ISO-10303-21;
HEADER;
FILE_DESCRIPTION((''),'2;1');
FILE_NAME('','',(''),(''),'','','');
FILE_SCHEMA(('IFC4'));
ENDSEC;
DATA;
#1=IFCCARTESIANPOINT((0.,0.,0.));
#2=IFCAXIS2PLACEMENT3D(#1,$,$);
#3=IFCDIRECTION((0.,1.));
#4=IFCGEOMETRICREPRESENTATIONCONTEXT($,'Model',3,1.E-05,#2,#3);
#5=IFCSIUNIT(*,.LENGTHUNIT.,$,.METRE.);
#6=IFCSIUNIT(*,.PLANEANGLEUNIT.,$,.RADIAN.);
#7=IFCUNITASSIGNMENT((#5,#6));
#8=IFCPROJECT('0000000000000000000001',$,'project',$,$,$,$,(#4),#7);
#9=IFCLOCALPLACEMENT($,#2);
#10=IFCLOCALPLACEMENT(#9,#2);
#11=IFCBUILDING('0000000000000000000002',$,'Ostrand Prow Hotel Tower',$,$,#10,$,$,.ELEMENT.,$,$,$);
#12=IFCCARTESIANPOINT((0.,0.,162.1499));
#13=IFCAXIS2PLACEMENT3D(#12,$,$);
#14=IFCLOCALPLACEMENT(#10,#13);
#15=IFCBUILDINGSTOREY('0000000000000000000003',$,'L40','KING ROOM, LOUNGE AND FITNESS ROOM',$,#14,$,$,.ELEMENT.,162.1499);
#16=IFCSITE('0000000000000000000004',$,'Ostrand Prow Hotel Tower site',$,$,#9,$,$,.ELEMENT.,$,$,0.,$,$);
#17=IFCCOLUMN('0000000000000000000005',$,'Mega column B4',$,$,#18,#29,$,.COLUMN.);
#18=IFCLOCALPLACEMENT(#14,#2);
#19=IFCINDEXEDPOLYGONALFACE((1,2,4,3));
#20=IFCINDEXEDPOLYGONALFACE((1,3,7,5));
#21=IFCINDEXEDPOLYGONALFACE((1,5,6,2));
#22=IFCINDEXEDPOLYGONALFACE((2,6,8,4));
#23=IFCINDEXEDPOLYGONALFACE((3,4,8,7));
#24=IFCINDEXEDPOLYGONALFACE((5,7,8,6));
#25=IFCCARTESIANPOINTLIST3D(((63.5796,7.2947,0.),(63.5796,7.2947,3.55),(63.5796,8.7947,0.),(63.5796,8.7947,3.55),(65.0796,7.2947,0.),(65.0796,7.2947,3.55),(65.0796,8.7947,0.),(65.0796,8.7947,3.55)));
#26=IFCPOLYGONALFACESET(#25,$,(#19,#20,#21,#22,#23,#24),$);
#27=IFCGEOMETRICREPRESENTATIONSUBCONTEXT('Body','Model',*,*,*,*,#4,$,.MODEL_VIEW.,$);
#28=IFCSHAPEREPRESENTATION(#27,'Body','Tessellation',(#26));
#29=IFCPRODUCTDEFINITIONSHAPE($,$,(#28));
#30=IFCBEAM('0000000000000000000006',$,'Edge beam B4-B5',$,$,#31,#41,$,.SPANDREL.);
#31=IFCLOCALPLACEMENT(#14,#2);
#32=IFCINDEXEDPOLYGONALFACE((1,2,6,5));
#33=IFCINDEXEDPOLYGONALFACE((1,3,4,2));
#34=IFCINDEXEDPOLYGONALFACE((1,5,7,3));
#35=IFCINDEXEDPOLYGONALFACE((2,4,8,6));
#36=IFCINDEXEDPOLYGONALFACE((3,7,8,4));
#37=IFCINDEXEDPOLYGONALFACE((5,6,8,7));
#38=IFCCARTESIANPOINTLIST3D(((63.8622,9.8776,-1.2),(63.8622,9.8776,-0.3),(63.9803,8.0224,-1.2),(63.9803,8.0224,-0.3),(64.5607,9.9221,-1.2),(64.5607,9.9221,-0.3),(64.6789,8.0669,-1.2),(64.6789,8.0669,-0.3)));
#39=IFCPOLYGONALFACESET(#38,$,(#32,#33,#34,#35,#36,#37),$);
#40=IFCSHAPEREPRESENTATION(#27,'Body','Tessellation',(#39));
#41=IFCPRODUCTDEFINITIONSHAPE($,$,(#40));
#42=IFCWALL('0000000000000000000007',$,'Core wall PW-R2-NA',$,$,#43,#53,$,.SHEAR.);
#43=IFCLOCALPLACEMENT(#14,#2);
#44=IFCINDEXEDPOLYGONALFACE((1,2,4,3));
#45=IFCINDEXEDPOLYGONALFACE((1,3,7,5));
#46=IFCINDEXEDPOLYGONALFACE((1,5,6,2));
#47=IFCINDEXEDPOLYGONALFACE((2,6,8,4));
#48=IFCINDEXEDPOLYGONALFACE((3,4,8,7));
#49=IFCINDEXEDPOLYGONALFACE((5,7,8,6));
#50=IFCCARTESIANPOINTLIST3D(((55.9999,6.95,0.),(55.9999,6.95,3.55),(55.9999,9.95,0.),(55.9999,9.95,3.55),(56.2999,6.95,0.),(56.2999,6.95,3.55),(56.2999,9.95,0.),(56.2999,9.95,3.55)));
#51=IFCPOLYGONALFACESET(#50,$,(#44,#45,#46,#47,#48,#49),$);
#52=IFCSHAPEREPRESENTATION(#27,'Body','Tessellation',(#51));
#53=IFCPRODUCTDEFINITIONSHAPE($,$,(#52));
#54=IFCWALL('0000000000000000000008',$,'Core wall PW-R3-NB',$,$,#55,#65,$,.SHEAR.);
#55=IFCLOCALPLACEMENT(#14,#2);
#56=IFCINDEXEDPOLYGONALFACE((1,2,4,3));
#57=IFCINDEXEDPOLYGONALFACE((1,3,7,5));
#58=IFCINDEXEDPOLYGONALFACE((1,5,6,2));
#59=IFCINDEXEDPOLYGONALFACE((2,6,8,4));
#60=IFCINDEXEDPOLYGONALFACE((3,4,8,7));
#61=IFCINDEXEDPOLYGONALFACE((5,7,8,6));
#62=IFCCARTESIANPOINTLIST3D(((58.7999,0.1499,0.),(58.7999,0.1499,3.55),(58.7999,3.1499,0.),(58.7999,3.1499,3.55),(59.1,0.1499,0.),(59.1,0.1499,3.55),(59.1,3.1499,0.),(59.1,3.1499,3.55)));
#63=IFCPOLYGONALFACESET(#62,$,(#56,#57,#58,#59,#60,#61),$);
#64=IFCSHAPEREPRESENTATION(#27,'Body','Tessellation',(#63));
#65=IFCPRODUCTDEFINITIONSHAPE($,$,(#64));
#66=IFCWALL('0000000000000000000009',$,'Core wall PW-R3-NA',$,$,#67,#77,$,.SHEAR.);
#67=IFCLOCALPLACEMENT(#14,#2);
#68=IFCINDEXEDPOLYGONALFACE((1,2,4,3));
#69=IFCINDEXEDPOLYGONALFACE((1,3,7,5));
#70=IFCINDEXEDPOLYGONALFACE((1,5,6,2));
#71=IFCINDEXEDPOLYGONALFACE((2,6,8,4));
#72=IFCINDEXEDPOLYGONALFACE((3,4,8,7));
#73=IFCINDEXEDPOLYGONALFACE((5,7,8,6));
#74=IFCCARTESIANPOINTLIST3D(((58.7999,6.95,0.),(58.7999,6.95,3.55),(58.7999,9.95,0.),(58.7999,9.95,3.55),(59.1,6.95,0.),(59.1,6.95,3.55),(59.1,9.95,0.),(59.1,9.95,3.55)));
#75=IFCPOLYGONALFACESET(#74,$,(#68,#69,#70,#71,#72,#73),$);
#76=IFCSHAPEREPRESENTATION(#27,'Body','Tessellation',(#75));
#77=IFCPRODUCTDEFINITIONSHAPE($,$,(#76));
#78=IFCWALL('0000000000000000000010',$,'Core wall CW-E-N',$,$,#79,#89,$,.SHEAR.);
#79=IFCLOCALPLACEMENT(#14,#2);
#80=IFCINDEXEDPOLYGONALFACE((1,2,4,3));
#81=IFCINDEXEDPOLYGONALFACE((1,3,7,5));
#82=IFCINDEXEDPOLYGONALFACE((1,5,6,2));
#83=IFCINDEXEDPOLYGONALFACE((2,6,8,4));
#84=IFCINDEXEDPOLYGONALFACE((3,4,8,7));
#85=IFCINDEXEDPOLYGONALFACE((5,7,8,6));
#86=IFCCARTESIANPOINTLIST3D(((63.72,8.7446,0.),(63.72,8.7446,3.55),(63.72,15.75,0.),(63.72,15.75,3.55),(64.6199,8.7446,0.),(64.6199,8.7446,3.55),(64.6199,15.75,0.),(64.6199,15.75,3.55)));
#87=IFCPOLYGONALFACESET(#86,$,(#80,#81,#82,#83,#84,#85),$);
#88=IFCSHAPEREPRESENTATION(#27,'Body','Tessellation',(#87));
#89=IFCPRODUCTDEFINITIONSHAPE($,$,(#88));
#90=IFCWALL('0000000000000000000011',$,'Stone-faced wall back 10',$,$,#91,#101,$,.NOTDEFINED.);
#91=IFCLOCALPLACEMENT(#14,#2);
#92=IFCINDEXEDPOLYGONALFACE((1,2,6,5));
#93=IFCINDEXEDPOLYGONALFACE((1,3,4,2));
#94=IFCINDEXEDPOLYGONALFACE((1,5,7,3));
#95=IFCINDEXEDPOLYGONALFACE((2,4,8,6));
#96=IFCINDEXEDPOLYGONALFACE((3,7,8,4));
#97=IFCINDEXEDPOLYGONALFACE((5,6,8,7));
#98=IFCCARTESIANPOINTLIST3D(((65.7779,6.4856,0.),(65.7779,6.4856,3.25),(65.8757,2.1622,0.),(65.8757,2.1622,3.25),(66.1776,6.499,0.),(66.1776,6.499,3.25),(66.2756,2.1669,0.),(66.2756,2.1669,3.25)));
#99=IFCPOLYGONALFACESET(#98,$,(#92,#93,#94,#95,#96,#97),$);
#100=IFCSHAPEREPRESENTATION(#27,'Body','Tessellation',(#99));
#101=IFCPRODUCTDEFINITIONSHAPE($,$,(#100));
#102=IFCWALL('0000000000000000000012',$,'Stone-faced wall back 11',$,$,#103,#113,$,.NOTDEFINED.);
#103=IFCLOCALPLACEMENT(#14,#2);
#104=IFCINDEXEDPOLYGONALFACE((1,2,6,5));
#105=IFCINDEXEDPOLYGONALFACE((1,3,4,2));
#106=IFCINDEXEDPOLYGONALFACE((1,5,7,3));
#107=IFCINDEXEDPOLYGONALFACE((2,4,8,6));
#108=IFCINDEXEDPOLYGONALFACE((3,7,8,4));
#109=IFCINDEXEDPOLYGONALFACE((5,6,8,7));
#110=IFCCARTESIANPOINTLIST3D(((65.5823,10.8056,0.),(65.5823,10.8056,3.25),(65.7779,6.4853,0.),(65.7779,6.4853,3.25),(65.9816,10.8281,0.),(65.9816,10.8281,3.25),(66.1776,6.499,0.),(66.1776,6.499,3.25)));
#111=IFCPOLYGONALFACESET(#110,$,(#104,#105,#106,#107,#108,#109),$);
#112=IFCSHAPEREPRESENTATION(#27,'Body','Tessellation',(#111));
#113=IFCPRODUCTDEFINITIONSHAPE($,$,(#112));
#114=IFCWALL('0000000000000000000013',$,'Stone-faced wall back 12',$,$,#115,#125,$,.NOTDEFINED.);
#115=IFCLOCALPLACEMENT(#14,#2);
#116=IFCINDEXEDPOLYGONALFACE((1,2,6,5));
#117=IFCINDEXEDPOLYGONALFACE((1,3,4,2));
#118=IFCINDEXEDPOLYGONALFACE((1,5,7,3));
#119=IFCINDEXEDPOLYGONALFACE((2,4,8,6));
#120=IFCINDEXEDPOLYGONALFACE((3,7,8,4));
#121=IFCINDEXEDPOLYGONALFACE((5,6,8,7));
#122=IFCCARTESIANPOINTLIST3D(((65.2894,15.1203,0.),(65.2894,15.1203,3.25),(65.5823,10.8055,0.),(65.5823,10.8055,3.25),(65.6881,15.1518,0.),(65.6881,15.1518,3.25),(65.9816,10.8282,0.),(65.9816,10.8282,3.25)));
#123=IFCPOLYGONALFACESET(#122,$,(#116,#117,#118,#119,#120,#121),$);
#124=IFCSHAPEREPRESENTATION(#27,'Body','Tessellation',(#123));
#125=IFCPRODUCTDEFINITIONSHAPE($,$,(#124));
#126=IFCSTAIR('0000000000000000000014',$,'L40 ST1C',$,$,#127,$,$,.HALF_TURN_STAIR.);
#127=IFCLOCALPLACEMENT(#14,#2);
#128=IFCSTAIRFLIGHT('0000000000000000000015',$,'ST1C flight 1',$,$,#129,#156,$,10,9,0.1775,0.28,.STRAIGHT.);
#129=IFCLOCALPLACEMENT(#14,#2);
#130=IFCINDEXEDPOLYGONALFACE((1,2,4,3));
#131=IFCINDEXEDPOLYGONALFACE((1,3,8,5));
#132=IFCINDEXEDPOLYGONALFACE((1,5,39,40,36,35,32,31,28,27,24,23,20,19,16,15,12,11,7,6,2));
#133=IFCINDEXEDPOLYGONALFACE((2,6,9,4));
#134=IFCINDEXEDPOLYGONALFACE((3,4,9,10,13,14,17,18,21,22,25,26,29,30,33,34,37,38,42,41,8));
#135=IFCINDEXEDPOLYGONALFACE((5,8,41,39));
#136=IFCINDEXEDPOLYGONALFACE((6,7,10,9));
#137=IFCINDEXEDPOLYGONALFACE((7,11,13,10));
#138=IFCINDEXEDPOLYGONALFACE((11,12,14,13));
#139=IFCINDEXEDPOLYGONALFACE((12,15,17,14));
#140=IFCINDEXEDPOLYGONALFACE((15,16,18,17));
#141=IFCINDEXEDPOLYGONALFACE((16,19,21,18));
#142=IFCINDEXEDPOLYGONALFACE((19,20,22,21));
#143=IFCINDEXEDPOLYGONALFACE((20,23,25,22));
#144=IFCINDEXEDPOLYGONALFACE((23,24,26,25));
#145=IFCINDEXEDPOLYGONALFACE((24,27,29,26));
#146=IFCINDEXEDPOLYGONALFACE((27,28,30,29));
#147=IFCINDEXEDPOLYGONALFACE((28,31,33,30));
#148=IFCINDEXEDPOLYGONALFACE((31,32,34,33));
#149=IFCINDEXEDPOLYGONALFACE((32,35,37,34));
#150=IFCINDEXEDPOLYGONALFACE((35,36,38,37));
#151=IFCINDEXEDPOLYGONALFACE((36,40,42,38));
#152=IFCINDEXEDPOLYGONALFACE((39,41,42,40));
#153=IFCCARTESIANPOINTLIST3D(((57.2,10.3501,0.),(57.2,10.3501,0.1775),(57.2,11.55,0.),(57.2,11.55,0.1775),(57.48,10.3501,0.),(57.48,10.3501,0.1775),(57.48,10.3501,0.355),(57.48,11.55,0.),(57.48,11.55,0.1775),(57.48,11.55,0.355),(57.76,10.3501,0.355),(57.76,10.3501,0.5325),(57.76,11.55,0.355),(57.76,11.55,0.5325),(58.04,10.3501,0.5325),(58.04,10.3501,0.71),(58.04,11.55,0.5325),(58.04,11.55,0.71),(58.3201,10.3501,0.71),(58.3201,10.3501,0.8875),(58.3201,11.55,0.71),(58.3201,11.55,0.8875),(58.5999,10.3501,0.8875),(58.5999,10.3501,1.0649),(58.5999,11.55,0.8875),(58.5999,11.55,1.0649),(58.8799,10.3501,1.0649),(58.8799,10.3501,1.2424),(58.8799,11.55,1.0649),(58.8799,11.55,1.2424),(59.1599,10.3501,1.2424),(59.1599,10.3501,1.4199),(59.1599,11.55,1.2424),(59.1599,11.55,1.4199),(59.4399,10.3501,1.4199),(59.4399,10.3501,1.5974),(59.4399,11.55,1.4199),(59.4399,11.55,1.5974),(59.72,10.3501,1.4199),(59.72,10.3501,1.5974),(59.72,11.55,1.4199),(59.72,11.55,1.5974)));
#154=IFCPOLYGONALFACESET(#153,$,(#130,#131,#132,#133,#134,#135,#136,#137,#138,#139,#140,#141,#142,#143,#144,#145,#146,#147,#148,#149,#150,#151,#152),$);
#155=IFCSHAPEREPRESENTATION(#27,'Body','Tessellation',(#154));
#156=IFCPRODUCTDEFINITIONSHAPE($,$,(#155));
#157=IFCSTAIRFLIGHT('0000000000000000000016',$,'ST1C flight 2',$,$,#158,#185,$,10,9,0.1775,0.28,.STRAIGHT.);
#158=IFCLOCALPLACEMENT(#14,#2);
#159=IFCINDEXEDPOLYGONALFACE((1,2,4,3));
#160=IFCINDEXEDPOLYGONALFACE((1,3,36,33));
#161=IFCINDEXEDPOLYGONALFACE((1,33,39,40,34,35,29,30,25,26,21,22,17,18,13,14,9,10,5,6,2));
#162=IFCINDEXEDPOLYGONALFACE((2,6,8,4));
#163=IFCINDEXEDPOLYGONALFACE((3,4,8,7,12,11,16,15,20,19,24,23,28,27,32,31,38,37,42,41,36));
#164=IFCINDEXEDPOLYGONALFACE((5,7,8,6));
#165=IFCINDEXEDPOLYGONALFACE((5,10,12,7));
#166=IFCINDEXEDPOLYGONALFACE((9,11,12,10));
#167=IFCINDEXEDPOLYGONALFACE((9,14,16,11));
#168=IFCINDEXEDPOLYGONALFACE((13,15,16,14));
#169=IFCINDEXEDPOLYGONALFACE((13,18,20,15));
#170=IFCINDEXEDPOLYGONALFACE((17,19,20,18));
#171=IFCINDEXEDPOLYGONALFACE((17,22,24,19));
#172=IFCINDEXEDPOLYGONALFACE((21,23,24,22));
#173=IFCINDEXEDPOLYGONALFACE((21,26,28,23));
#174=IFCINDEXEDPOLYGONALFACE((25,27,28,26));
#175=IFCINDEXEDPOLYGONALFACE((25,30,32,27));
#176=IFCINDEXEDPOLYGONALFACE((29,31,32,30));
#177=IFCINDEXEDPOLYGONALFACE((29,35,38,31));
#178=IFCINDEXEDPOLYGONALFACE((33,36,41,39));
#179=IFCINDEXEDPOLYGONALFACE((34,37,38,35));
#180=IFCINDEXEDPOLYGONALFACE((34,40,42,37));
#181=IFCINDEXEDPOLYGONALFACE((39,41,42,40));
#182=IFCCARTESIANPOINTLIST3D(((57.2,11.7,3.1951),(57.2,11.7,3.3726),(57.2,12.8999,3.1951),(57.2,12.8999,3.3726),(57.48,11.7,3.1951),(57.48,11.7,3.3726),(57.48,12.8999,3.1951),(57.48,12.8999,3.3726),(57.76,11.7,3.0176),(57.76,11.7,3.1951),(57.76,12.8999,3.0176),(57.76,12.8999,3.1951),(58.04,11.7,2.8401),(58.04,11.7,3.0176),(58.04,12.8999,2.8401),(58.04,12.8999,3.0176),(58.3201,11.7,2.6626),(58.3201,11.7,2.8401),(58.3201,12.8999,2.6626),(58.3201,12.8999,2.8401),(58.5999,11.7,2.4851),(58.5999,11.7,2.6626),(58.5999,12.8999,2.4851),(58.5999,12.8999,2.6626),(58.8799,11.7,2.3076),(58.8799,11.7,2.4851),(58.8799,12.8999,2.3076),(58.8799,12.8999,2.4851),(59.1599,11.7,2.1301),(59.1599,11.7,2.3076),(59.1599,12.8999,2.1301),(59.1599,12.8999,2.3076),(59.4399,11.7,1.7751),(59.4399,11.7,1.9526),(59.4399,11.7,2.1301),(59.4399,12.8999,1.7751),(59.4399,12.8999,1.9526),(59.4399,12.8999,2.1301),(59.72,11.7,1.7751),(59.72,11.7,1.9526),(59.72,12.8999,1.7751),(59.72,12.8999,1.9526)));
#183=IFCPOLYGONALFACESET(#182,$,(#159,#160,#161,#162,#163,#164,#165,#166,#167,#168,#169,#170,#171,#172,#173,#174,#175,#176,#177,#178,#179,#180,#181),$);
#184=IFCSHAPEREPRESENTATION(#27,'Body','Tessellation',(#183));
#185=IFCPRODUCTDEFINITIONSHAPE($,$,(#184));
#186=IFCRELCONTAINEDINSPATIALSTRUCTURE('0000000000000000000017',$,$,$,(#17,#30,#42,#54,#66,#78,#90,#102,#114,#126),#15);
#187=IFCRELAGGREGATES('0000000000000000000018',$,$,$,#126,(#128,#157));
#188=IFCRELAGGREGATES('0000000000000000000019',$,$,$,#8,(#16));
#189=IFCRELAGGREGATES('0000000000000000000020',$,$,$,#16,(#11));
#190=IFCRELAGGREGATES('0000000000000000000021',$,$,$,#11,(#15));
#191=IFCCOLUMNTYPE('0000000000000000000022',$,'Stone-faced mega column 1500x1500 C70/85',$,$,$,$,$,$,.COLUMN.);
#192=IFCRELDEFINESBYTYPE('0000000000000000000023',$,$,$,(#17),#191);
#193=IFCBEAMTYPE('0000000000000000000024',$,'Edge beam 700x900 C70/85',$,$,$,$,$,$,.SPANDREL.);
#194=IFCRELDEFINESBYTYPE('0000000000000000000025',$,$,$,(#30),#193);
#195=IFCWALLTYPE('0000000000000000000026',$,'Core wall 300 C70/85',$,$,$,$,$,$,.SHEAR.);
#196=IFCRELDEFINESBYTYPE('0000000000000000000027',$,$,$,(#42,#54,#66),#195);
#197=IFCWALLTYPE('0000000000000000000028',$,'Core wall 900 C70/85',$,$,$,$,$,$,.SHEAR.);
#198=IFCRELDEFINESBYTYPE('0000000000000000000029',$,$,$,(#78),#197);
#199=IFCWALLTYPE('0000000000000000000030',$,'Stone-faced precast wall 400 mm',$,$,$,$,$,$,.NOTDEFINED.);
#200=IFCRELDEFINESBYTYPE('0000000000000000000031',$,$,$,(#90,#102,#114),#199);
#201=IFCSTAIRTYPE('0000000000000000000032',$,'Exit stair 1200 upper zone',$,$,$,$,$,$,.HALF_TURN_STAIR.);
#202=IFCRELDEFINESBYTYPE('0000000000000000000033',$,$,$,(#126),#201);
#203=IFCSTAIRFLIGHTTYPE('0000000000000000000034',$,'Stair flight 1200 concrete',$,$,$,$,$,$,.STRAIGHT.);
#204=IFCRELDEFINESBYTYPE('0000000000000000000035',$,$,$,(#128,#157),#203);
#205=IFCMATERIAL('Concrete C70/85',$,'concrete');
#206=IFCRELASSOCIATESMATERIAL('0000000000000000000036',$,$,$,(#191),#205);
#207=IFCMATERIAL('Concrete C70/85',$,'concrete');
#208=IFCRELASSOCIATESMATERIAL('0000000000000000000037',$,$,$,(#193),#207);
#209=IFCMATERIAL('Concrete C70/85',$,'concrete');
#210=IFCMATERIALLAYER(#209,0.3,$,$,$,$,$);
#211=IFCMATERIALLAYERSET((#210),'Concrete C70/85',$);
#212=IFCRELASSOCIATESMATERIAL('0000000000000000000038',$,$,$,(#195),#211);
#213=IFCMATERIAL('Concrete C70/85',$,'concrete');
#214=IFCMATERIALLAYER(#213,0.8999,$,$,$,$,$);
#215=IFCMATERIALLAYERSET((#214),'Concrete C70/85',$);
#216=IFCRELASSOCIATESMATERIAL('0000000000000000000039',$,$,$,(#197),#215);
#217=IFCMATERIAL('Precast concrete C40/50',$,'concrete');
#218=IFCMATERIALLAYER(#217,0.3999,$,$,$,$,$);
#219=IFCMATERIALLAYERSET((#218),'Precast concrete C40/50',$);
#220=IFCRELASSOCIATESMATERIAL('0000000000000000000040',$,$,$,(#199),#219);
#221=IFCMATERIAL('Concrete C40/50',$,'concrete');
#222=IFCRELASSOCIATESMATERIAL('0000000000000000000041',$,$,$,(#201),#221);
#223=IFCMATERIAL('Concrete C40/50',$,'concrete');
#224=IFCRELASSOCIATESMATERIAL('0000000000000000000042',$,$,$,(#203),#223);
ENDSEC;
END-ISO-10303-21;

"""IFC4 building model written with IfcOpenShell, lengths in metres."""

from ifc_helpers import new_model, si_unit, direction, frame, frame_2d, origin, origin_2d, place, context, subcontext, project, spatial, polyline, rectangle, outline, extrude, material, layer, layer_set, material_profile, profile_set, type_object, element, aggregate, save


model = new_model("IFC4")

# Units and contexts
model_context = context("Model", 3, precision=1e-05, world=origin(), true_north=direction((0.0, 1.0)))
body_context = subcontext(model_context, "Body", "Model", "MODEL_VIEW")
ifc_project = project(units=[si_unit("LENGTHUNIT", "METRE"), si_unit("PLANEANGLEUNIT", "RADIAN")], contexts=[model_context])

# Site, building, storey
site_placement = place(None, origin())
site = spatial("IfcSite", under=ifc_project, at=site_placement, Name="Ostrand Prow Hotel Tower site", CompositionType="ELEMENT", RefElevation=0.0)
building_placement = place(site_placement, origin())
building = spatial("IfcBuilding", under=site, at=building_placement, Name="Ostrand Prow Hotel Tower", CompositionType="ELEMENT")
storey_placement = place(building_placement, frame((0.0, 0.0, 162.1499)))
storey = spatial("IfcBuildingStorey", under=building, at=storey_placement, Name="L40", Description="KING ROOM, LOUNGE AND FITNESS ROOM", CompositionType="ELEMENT", Elevation=162.1499)

# Column
ifc_material_1 = material(Name="Concrete C70/85", Category="concrete")
ifc_material_profile_1 = material_profile(ifc_material_1, rectangle(XDim=1.5, YDim=1.5, at=origin_2d()), Name="RC 1500x1500")
ifc_profile_set_1 = profile_set([ifc_material_profile_1], Name="Concrete C70/85")
column_type = type_object("IfcColumnType", Name="Stone-faced mega column 1500x1500 C70/85", PredefinedType="COLUMN", material=ifc_profile_set_1)
column_placement = place(storey_placement, frame((64.3296, 8.0447, 0.0), z_axis=(0.0, 0.0, 1.0), x_axis=(1.0, 0.0, 0.0)))
element("IfcColumn", 1, at=column_placement, inside=storey, type_object=column_type, Name="Mega column B4", PredefinedType="COLUMN", context=body_context, shape_type="SweptSolid", body=[
    extrude(rectangle(XDim=1.5, YDim=1.5, at=origin_2d()), origin(), (0.0, 0.0, 1.0), 3.55),
])

# Beam
ifc_material_2 = material(Name="Concrete C70/85", Category="concrete")
ifc_material_profile_2 = material_profile(ifc_material_2, rectangle(XDim=0.7, YDim=0.8999, at=origin_2d()), Name="RC 700x900")
ifc_profile_set_2 = profile_set([ifc_material_profile_2], Name="Concrete C70/85")
beam_type = type_object("IfcBeamType", Name="Edge beam 700x900 C70/85", PredefinedType="SPANDREL", material=ifc_profile_set_2)
beam_placement = place(storey_placement, frame((64.3296, 8.0447, -0.75), z_axis=(-0.063564, 0.997978, 0.0), x_axis=(-0.997978, -0.063564, 0.0)))
element("IfcBeam", 2, at=beam_placement, inside=storey, type_object=beam_type, Name="Edge beam B4-B5", PredefinedType="SPANDREL", context=body_context, shape_type="SweptSolid", body=[
    extrude(rectangle(XDim=0.7, YDim=0.8999, at=origin_2d()), origin(), (0.0, 0.0, 1.0), 1.8589),
])

# Walls
ifc_material_3 = material(Name="Concrete C70/85", Category="concrete")
ifc_layer_1 = layer(ifc_material_3, 0.3)
ifc_layer_set_1 = layer_set([ifc_layer_1], Name="Concrete C70/85")
wall_type_1 = type_object("IfcWallType", Name="Core wall 300 C70/85", PredefinedType="SHEAR", material=ifc_layer_set_1)
for number, where, z_axis, x_axis, name in (
    (3, (56.1499, 6.95, 0.0), (0.0, 0.0, 1.0), (0.0, 1.0, 0.0), "Core wall PW-R2-NA"),
    (4, (58.95, 0.1499, 0.0), (0.0, 0.0, 1.0), (0.0, 1.0, 0.0), "Core wall PW-R3-NB"),
    (5, (58.95, 6.95, 0.0), (0.0, 0.0, 1.0), (0.0, 1.0, 0.0), "Core wall PW-R3-NA"),
):
    element("IfcWall", number, at=place(storey_placement, frame(where, z_axis=z_axis, x_axis=x_axis)), inside=storey, type_object=wall_type_1, Name=name, PredefinedType="SHEAR", context=body_context, shape_type="SweptSolid", body=[
        extrude(rectangle(XDim=3.0, YDim=0.3, at=frame_2d((1.5, 0.0))), origin(), (0.0, 0.0, 1.0), 3.55),
    ])
ifc_material_4 = material(Name="Concrete C70/85", Category="concrete")
ifc_layer_2 = layer(ifc_material_4, 0.8999)
ifc_layer_set_2 = layer_set([ifc_layer_2], Name="Concrete C70/85")
wall_type_2 = type_object("IfcWallType", Name="Core wall 900 C70/85", PredefinedType="SHEAR", material=ifc_layer_set_2)
wall_1_placement = place(storey_placement, frame((64.1699, 8.7446, 0.0), z_axis=(0.0, 0.0, 1.0), x_axis=(0.0, 1.0, 0.0)))
element("IfcWall", 6, at=wall_1_placement, inside=storey, type_object=wall_type_2, Name="Core wall CW-E-N", PredefinedType="SHEAR", context=body_context, shape_type="SweptSolid", body=[
    extrude(rectangle(XDim=7.0054, YDim=0.8999, at=frame_2d((3.5027, 0.0))), origin(), (0.0, 0.0, 1.0), 3.55),
])
ifc_material_5 = material(Name="Precast concrete C40/50", Category="concrete")
ifc_layer_3 = layer(ifc_material_5, 0.3999)
ifc_layer_set_3 = layer_set([ifc_layer_3], Name="Precast concrete C40/50")
wall_type_3 = type_object("IfcWallType", Name="Stone-faced precast wall 400 mm", PredefinedType="NOTDEFINED", material=ifc_layer_set_3)
wall_2_placement = place(storey_placement, frame((66.0757, 2.1646, 0.0), z_axis=(0.0, 0.0, 1.0), x_axis=(-0.022616, 0.999744, 0.0)))
element("IfcWall", 7, at=wall_2_placement, inside=storey, type_object=wall_type_3, Name="Stone-faced wall back 10", PredefinedType="NOTDEFINED", context=body_context, shape_type="SweptSolid", body=[
    extrude(outline(polyline([(-0.0022, -0.2), (4.3311, -0.2), (4.3267, 0.2), (0.0022, 0.2), (-0.0022, -0.2)])), origin(), (0.0, 0.0, 1.0), 3.25),
])
for number, where, z_axis, x_axis, name in (
    (8, (65.9778, 6.4922, 0.0), (0.0, 0.0, 1.0), (-0.045229, 0.998977, 0.0), "Stone-faced wall back 11"),
    (9, (65.782, 10.8169, 0.0), (0.0, 0.0, 1.0), (-0.067732, 0.997704, 0.0), "Stone-faced wall back 12"),
):
    element("IfcWall", number, at=place(storey_placement, frame(where, z_axis=z_axis, x_axis=x_axis)), inside=storey, type_object=wall_type_3, Name=name, PredefinedType="NOTDEFINED", context=body_context, shape_type="SweptSolid", body=[
        extrude(outline(polyline([(-0.0022, -0.2), (4.3313, -0.2), (4.3269, 0.2), (0.0022, 0.2), (-0.0022, -0.2)])), origin(), (0.0, 0.0, 1.0), 3.25),
    ])

# Stair, stair flights
ifc_material_6 = material(Name="Concrete C40/50", Category="concrete")
stair_type = type_object("IfcStairType", Name="Exit stair 1200 upper zone", PredefinedType="HALF_TURN_STAIR", material=ifc_material_6)
stair_1_placement = place(storey_placement, origin())
stair_1 = element("IfcStair", 10, at=stair_1_placement, inside=storey, type_object=stair_type, Name="L40 ST1C", PredefinedType="HALF_TURN_STAIR")
ifc_material_7 = material(Name="Concrete C40/50", Category="concrete")
stair_flight_type = type_object("IfcStairFlightType", Name="Stair flight 1200 concrete", PredefinedType="STRAIGHT", material=ifc_material_7)
stair_flight_1_placement = place(storey_placement, frame((57.2, 10.95, 0.0), z_axis=(0.0, 0.0, 1.0), x_axis=(1.0, 0.0, 0.0)))
stair_flight_1 = element("IfcStairFlight", 11, at=stair_flight_1_placement, type_object=stair_flight_type, Name="ST1C flight 1", NumberOfRisers=10, NumberOfTreads=9, PredefinedType="STRAIGHT", RiserHeight=0.1775, TreadLength=0.28, context=body_context, shape_type="SweptSolid", body=[
    extrude(outline(polyline([(0.0, 0.0), (0.0, 0.1775), (0.28, 0.1775), (0.28, 0.355), (0.5601, 0.355), (0.5601, 0.5325), (0.8401, 0.5325), (0.8401, 0.71), (1.1201, 0.71), (1.1201, 0.8875), (1.3999, 0.8875), (1.3999, 1.0649), (1.6799, 1.0649), (1.6799, 1.2424), (1.96, 1.2424), (1.96, 1.4199), (2.24, 1.4199), (2.24, 1.5974), (2.52, 1.5974), (2.52, 1.7749), (2.52, 1.4199), (0.28, 0.0), (0.0, 0.0)])), frame((0.0, 0.6001, 0.0), z_axis=(0.0, -1.0, 0.0), x_axis=(1.0, 0.0, 0.0)), (0.0, 0.0, 1.0), 1.2),
])
stair_flight_2_placement = place(storey_placement, frame((59.72, 12.3, 1.7751), z_axis=(0.0, 0.0, 1.0), x_axis=(-1.0, 0.0, 0.0)))
stair_flight_2 = element("IfcStairFlight", 12, at=stair_flight_2_placement, type_object=stair_flight_type, Name="ST1C flight 2", NumberOfRisers=10, NumberOfTreads=9, PredefinedType="STRAIGHT", RiserHeight=0.1775, TreadLength=0.28, context=body_context, shape_type="SweptSolid", body=[
    extrude(outline(polyline([(0.0, 0.0), (0.0, 0.1775), (0.28, 0.1775), (0.28, 0.355), (0.5601, 0.355), (0.5601, 0.5325), (0.8401, 0.5325), (0.8401, 0.71), (1.1201, 0.71), (1.1201, 0.8875), (1.3999, 0.8875), (1.3999, 1.0649), (1.6799, 1.0649), (1.6799, 1.2424), (1.96, 1.2424), (1.96, 1.4199), (2.24, 1.4199), (2.24, 1.5974), (2.52, 1.5974), (2.52, 1.7749), (2.52, 1.4199), (0.28, 0.0), (0.0, 0.0)])), frame((0.0, 0.6001, 0.0), z_axis=(0.0, -1.0, 0.0), x_axis=(1.0, 0.0, 0.0)), (0.0, 0.0, 1.0), 1.2),
])
aggregate(stair_1, [stair_flight_1, stair_flight_2])

save(model, "model.ifc")
